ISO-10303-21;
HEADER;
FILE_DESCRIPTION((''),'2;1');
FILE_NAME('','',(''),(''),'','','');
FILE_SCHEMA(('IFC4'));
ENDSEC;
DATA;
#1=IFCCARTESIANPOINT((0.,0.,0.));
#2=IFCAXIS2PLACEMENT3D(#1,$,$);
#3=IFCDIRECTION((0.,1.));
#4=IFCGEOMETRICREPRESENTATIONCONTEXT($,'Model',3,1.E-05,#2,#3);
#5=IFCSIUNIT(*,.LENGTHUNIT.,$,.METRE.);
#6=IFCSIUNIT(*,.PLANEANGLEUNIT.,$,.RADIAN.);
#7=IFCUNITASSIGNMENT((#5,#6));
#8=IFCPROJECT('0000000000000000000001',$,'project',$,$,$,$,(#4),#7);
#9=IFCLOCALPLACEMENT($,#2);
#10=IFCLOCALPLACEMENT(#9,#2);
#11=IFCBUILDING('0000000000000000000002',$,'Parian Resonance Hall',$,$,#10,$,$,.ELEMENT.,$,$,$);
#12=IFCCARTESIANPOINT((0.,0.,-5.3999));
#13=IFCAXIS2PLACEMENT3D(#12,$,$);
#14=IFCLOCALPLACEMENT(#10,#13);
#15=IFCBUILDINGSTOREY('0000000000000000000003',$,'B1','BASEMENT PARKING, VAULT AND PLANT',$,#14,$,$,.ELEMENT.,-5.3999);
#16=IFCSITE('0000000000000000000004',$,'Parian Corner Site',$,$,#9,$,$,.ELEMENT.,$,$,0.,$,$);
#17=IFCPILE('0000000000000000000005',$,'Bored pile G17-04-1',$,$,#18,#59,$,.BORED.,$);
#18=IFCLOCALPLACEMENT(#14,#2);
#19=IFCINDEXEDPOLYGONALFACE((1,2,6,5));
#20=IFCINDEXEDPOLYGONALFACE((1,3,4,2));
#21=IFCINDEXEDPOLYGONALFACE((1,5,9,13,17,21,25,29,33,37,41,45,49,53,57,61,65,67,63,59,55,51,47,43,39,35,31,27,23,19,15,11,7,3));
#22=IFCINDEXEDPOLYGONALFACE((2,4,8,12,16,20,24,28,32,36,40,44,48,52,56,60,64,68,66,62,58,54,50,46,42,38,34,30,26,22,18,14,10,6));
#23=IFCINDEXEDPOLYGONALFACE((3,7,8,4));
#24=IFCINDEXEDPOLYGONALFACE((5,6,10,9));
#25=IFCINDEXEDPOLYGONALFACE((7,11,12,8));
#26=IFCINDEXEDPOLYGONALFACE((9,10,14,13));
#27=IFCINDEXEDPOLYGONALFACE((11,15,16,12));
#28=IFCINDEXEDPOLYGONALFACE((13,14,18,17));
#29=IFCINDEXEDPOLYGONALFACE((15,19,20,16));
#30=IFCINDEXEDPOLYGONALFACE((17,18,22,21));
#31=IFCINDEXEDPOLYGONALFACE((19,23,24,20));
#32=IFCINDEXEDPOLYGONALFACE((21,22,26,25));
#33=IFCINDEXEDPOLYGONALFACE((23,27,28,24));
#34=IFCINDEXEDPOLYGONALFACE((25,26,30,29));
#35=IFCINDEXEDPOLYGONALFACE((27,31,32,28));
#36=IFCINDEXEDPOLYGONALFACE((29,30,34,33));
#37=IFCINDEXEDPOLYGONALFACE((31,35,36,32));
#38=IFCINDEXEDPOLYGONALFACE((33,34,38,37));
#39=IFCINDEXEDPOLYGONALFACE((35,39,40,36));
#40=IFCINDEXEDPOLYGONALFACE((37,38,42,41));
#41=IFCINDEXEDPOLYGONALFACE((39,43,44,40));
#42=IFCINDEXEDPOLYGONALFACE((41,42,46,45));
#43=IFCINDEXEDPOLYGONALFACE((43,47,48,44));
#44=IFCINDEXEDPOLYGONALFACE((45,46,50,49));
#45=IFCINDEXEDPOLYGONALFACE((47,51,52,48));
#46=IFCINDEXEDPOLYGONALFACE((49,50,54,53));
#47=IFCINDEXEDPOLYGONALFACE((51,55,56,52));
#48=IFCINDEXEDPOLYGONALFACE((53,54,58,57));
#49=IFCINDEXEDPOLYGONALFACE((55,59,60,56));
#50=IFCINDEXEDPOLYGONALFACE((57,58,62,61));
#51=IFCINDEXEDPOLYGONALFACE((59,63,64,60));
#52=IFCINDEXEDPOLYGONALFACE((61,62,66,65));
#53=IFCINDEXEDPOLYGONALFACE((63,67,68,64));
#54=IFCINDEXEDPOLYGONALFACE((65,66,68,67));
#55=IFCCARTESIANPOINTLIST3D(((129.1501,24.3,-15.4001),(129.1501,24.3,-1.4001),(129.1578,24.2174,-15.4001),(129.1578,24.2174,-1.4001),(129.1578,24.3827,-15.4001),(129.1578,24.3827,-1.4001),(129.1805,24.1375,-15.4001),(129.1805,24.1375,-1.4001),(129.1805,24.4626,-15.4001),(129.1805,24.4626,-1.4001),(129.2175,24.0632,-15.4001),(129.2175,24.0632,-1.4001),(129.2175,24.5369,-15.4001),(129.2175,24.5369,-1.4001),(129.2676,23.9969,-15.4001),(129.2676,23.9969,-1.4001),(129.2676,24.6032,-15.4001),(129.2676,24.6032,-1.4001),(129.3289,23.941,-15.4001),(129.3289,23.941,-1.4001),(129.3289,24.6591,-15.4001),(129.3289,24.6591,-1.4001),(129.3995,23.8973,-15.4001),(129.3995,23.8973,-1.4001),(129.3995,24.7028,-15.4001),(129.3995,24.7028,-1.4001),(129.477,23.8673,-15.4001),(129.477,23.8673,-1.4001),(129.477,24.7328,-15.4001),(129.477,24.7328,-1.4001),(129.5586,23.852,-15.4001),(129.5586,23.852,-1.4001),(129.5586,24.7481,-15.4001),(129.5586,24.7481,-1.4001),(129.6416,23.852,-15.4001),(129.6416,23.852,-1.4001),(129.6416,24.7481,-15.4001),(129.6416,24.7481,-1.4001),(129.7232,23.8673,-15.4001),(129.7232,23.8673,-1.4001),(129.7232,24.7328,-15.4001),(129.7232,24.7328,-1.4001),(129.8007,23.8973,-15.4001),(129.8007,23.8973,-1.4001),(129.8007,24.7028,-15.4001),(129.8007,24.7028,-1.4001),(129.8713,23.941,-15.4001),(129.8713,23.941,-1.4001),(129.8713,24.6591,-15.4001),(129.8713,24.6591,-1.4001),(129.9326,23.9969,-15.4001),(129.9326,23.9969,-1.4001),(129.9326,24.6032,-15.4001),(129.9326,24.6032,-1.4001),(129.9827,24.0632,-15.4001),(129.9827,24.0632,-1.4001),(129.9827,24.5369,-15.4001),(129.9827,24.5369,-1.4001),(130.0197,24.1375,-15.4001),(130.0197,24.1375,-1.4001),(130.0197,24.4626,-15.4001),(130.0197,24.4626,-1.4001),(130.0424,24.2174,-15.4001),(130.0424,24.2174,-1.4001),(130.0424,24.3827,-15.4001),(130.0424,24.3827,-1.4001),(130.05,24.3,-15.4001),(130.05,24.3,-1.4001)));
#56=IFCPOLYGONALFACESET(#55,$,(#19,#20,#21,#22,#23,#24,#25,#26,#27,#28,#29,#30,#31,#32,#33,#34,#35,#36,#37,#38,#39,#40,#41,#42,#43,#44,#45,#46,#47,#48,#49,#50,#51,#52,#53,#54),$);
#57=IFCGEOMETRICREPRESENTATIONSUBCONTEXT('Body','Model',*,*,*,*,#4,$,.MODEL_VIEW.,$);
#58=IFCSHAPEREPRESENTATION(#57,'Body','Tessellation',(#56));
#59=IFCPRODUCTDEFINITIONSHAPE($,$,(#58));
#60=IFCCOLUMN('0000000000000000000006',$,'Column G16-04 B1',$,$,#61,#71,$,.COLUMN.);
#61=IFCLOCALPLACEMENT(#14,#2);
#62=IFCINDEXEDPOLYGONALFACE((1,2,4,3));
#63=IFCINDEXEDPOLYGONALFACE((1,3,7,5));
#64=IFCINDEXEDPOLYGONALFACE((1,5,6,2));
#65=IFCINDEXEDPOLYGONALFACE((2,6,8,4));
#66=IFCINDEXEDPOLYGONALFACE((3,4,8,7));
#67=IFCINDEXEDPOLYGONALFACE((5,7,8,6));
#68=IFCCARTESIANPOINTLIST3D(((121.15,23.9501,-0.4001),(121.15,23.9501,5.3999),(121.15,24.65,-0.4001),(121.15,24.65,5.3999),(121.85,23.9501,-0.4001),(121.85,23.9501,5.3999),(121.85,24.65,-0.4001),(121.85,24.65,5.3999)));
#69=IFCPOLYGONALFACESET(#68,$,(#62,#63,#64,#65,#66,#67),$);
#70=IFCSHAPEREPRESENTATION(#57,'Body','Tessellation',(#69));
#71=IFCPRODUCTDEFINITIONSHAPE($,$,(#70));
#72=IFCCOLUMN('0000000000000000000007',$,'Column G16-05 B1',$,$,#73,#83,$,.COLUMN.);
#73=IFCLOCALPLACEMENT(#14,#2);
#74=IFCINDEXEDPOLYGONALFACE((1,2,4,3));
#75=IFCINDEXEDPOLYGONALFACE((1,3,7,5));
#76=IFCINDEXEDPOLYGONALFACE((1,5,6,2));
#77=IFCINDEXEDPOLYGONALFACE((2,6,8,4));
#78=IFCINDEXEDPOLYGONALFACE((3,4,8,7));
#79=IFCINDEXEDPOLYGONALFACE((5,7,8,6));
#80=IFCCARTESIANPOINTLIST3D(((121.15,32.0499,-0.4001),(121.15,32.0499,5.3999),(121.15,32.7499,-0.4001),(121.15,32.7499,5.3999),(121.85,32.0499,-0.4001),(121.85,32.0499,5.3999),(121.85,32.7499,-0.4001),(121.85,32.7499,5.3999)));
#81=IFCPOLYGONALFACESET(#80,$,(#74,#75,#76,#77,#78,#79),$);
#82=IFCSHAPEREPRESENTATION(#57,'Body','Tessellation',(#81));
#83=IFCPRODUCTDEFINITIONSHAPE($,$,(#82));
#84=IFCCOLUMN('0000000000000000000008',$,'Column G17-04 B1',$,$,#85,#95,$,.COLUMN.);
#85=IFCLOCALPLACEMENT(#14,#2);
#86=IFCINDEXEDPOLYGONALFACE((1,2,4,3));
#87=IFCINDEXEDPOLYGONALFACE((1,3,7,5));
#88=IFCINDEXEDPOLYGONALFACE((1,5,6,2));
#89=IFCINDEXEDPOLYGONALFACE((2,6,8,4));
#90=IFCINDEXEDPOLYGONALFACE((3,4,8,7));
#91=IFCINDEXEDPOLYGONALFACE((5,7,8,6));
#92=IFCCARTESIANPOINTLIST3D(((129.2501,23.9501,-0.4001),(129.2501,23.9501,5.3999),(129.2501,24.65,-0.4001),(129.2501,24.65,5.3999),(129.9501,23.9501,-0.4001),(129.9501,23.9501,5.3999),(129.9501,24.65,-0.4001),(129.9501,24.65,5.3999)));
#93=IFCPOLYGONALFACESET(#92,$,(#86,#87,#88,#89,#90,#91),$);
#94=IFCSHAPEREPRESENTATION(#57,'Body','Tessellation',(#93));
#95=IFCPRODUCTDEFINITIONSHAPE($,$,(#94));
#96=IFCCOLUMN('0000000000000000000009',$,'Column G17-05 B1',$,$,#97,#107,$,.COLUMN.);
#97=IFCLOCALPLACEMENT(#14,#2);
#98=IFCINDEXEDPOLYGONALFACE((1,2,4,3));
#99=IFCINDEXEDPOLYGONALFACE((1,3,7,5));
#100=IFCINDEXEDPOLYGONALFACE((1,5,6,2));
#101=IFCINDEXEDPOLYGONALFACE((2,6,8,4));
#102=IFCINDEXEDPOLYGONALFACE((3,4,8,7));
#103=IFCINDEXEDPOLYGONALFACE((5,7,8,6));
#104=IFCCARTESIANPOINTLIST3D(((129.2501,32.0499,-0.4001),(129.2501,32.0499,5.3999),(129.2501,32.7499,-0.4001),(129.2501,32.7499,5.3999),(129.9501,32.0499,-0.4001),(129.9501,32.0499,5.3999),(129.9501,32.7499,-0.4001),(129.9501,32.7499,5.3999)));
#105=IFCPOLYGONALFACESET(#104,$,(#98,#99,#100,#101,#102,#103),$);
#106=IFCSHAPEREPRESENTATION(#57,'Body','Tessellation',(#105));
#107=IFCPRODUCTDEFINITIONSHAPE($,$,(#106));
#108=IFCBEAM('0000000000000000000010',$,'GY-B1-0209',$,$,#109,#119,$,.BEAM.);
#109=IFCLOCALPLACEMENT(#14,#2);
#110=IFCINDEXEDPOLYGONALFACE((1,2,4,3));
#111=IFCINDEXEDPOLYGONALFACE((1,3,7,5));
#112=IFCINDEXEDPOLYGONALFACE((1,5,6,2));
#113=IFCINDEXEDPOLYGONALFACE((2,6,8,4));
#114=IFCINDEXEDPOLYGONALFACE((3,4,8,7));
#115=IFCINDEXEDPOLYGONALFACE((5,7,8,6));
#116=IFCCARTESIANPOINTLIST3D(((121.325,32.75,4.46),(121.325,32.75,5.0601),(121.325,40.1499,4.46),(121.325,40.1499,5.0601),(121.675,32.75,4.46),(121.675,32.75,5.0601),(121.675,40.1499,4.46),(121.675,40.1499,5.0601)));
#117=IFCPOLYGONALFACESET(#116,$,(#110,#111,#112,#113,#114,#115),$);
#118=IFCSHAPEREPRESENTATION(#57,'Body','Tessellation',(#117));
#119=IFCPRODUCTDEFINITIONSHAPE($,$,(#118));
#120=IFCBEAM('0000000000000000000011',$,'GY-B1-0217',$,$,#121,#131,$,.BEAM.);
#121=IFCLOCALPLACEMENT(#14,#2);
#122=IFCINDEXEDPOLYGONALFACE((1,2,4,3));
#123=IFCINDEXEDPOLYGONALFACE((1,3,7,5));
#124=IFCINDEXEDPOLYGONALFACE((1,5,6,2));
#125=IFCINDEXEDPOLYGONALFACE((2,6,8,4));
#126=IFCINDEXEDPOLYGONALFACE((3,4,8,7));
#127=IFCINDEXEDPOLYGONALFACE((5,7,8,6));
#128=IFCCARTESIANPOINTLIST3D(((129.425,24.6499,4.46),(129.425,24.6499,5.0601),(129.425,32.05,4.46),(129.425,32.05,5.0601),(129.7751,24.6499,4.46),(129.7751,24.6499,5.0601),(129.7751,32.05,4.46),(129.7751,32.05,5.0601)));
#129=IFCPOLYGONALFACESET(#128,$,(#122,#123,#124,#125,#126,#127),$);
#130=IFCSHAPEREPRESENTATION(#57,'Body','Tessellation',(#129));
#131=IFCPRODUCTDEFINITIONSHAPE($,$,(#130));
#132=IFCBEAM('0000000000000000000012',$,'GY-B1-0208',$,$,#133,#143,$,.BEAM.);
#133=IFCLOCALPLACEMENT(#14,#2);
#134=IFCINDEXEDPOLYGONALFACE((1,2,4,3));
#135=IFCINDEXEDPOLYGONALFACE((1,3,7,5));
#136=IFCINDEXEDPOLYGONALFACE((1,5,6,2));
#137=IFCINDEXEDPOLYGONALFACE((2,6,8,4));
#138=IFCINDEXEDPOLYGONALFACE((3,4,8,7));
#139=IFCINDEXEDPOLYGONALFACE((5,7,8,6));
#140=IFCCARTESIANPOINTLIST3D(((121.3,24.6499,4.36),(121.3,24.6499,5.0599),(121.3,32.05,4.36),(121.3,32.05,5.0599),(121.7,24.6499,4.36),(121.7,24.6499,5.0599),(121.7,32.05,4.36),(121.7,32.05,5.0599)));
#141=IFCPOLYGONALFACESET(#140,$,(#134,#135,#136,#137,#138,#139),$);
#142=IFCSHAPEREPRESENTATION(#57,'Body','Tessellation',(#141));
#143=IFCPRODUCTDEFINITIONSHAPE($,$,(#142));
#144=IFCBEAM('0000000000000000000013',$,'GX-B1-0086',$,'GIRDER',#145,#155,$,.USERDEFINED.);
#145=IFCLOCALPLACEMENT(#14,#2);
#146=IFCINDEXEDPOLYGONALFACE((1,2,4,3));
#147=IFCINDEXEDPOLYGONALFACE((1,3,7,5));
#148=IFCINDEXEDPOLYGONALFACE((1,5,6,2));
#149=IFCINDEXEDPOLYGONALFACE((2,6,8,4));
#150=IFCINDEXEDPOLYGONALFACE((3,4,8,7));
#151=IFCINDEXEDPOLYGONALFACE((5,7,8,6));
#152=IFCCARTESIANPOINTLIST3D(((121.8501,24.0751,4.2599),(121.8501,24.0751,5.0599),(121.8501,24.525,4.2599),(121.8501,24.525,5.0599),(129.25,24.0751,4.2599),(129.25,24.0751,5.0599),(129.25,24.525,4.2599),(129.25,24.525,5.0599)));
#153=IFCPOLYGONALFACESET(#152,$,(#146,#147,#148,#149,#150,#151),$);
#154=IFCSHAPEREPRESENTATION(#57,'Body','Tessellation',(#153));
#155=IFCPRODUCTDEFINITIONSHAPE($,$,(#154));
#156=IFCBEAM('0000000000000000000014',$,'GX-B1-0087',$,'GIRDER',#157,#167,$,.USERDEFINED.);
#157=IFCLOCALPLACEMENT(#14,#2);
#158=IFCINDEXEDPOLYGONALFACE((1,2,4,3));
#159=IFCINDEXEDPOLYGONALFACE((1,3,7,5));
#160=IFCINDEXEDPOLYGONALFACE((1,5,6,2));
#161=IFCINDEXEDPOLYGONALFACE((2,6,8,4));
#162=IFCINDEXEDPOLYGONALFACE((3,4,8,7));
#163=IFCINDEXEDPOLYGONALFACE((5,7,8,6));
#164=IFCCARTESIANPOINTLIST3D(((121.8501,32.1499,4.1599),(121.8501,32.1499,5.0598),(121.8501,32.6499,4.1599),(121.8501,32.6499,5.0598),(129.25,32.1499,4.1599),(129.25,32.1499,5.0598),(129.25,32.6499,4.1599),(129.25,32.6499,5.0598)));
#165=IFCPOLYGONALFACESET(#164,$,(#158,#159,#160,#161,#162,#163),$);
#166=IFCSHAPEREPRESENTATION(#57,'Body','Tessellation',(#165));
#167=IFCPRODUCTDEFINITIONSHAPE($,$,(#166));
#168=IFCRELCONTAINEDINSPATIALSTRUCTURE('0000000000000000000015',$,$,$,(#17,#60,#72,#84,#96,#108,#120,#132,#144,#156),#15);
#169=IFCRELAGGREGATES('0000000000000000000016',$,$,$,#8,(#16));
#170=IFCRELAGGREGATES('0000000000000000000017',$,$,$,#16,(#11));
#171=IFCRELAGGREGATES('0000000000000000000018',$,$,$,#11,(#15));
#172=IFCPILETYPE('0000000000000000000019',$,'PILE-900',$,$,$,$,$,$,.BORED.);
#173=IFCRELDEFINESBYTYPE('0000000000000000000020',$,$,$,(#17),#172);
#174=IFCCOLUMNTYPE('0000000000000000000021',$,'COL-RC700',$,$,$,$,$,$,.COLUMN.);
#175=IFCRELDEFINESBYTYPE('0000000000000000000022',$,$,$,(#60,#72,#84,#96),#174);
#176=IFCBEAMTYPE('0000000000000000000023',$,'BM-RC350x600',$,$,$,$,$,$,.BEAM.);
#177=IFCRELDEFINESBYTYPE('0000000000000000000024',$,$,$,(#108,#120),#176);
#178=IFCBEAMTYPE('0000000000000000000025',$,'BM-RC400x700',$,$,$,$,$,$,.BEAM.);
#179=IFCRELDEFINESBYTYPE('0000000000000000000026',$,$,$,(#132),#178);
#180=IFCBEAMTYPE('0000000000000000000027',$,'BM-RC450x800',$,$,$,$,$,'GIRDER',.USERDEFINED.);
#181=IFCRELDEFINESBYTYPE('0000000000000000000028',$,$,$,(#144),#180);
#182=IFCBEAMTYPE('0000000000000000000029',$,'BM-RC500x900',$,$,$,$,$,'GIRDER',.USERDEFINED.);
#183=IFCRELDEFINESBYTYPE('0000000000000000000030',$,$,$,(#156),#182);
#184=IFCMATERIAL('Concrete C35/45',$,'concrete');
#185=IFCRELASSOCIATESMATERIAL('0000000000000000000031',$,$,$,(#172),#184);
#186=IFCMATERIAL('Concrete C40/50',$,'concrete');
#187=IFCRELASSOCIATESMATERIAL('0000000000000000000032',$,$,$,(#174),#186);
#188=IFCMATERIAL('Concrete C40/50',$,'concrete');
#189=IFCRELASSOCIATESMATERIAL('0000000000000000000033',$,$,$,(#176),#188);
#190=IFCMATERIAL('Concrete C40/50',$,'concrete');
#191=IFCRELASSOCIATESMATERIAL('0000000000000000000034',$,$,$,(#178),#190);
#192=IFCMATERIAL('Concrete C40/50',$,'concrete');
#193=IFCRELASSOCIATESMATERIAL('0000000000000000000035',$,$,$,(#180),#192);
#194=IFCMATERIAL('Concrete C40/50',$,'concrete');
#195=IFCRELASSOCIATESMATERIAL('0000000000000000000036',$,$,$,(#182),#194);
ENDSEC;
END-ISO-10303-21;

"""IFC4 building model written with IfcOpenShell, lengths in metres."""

from ifc_helpers import new_model, si_unit, direction, frame, origin, origin_2d, place, context, subcontext, project, spatial, rectangle, circle, extrude, material, material_profile, profile_set, type_object, element, save


model = new_model("IFC4")

# Units and contexts
model_context = context("Model", 3, precision=1e-05, world=origin(), true_north=direction((0.0, 1.0)))
body_context = subcontext(model_context, "Body", "Model", "MODEL_VIEW")
ifc_project = project(units=[si_unit("LENGTHUNIT", "METRE"), si_unit("PLANEANGLEUNIT", "RADIAN")], contexts=[model_context])

# Site, building, storey
site_placement = place(None, origin())
site = spatial("IfcSite", under=ifc_project, at=site_placement, Name="Parian Corner Site", CompositionType="ELEMENT", RefElevation=0.0)
building_placement = place(site_placement, origin())
building = spatial("IfcBuilding", under=site, at=building_placement, Name="Parian Resonance Hall", CompositionType="ELEMENT")
storey_placement = place(building_placement, frame((0.0, 0.0, -5.3999)))
storey = spatial("IfcBuildingStorey", under=building, at=storey_placement, Name="B1", Description="BASEMENT PARKING, VAULT AND PLANT", CompositionType="ELEMENT", Elevation=-5.3999)

# Pile
ifc_material_1 = material(Name="Concrete C35/45", Category="concrete")
ifc_material_profile_1 = material_profile(ifc_material_1, circle(Radius=0.45, at=origin_2d()), Name="PILE-D900")
ifc_profile_set_1 = profile_set([ifc_material_profile_1], Name="Concrete C35/45")
pile_type_1 = type_object("IfcPileType", Name="PILE-900", PredefinedType="BORED", material=ifc_profile_set_1)
for number, where, z_axis, x_axis, name in (
    (1, (129.6001, 24.3, -1.4001), (0.0, 0.0, -1.0), (1.0, 0.0, 0.0), "Bored pile G17-04-1"),
):
    element("IfcPile", number, at=place(storey_placement, frame(where, z_axis=z_axis, x_axis=x_axis)), inside=storey, type_object=pile_type_1, Name=name, PredefinedType="BORED", context=body_context, shape_type="SweptSolid", body=[
        extrude(circle(Radius=0.45, at=origin_2d()), origin(), (0.0, 0.0, 1.0), 14.0),
    ])

# Columns
ifc_material_2 = material(Name="Concrete C40/50", Category="concrete")
ifc_material_profile_2 = material_profile(ifc_material_2, rectangle(XDim=0.7, YDim=0.7, at=origin_2d()), Name="RC-COL-700x700")
ifc_profile_set_2 = profile_set([ifc_material_profile_2], Name="Concrete C40/50")
column_type = type_object("IfcColumnType", Name="COL-RC700", PredefinedType="COLUMN", material=ifc_profile_set_2)
for number, where, z_axis, x_axis, name in (
    (2, (121.5, 24.3, -0.4001), (0.0, 0.0, 1.0), (1.0, 0.0, 0.0), "Column G16-04 B1"),
    (3, (121.5, 32.3999, -0.4001), (0.0, 0.0, 1.0), (1.0, 0.0, 0.0), "Column G16-05 B1"),
    (4, (129.6001, 24.3, -0.4001), (0.0, 0.0, 1.0), (1.0, 0.0, 0.0), "Column G17-04 B1"),
    (5, (129.6001, 32.3999, -0.4001), (0.0, 0.0, 1.0), (1.0, 0.0, 0.0), "Column G17-05 B1"),
):
    element("IfcColumn", number, at=place(storey_placement, frame(where, z_axis=z_axis, x_axis=x_axis)), inside=storey, type_object=column_type, Name=name, PredefinedType="COLUMN", context=body_context, shape_type="SweptSolid", body=[
        extrude(rectangle(XDim=0.7, YDim=0.7, at=origin_2d()), origin(), (0.0, 0.0, 1.0), 5.8),
    ])

# Beams
ifc_material_3 = material(Name="Concrete C40/50", Category="concrete")
ifc_material_profile_3 = material_profile(ifc_material_3, rectangle(XDim=0.3501, YDim=0.6001, at=origin_2d()), Name="RC-BM-350x600")
ifc_profile_set_3 = profile_set([ifc_material_profile_3], Name="Concrete C40/50")
beam_type_1 = type_object("IfcBeamType", Name="BM-RC350x600", PredefinedType="BEAM", material=ifc_profile_set_3)
beam_1_placement = place(storey_placement, frame((121.5, 32.75, 4.76), z_axis=(0.0, 1.0, 0.0), x_axis=(-1.0, 0.0, 0.0)))
element("IfcBeam", 6, at=beam_1_placement, inside=storey, type_object=beam_type_1, Name="GY-B1-0209", PredefinedType="BEAM", context=body_context, shape_type="SweptSolid", body=[
    extrude(rectangle(XDim=0.3501, YDim=0.6001, at=origin_2d()), origin(), (0.0, 0.0, 1.0), 7.3999),
])
beam_2_placement = place(storey_placement, frame((129.6001, 24.6499, 4.76), z_axis=(0.0, 1.0, 0.0), x_axis=(-1.0, 0.0, 0.0)))
element("IfcBeam", 7, at=beam_2_placement, inside=storey, type_object=beam_type_1, Name="GY-B1-0217", PredefinedType="BEAM", context=body_context, shape_type="SweptSolid", body=[
    extrude(rectangle(XDim=0.3501, YDim=0.6001, at=origin_2d()), origin(), (0.0, 0.0, 1.0), 7.4001),
])
ifc_material_4 = material(Name="Concrete C40/50", Category="concrete")
ifc_material_profile_4 = material_profile(ifc_material_4, rectangle(XDim=0.3999, YDim=0.7, at=origin_2d()), Name="RC-BM-400x700")
ifc_profile_set_4 = profile_set([ifc_material_profile_4], Name="Concrete C40/50")
beam_type_2 = type_object("IfcBeamType", Name="BM-RC400x700", PredefinedType="BEAM", material=ifc_profile_set_4)
beam_3_placement = place(storey_placement, frame((121.5, 24.6499, 4.71), z_axis=(0.0, 1.0, 0.0), x_axis=(-1.0, 0.0, 0.0)))
element("IfcBeam", 8, at=beam_3_placement, inside=storey, type_object=beam_type_2, Name="GY-B1-0208", PredefinedType="BEAM", context=body_context, shape_type="SweptSolid", body=[
    extrude(rectangle(XDim=0.3999, YDim=0.7, at=origin_2d()), origin(), (0.0, 0.0, 1.0), 7.4001),
])
ifc_material_5 = material(Name="Concrete C40/50", Category="concrete")
ifc_material_profile_5 = material_profile(ifc_material_5, rectangle(XDim=0.45, YDim=0.8, at=origin_2d()), Name="RC-BM-450x800")
ifc_profile_set_5 = profile_set([ifc_material_profile_5], Name="Concrete C40/50")
beam_type_3 = type_object("IfcBeamType", Name="BM-RC450x800", ElementType="GIRDER", PredefinedType="USERDEFINED", material=ifc_profile_set_5)
beam_4_placement = place(storey_placement, frame((121.8501, 24.3, 4.6599), z_axis=(1.0, 0.0, 0.0), x_axis=(0.0, 1.0, 0.0)))
element("IfcBeam", 9, at=beam_4_placement, inside=storey, type_object=beam_type_3, Name="GX-B1-0086", ObjectType="GIRDER", PredefinedType="USERDEFINED", context=body_context, shape_type="SweptSolid", body=[
    extrude(rectangle(XDim=0.45, YDim=0.8, at=origin_2d()), origin(), (0.0, 0.0, 1.0), 7.3999),
])
ifc_material_6 = material(Name="Concrete C40/50", Category="concrete")
ifc_material_profile_6 = material_profile(ifc_material_6, rectangle(XDim=0.5, YDim=0.8999, at=origin_2d()), Name="RC-BM-500x900")
ifc_profile_set_6 = profile_set([ifc_material_profile_6], Name="Concrete C40/50")
beam_type_4 = type_object("IfcBeamType", Name="BM-RC500x900", ElementType="GIRDER", PredefinedType="USERDEFINED", material=ifc_profile_set_6)
beam_5_placement = place(storey_placement, frame((121.8501, 32.3999, 4.6099), z_axis=(1.0, 0.0, 0.0), x_axis=(0.0, 1.0, 0.0)))
element("IfcBeam", 10, at=beam_5_placement, inside=storey, type_object=beam_type_4, Name="GX-B1-0087", ObjectType="GIRDER", PredefinedType="USERDEFINED", context=body_context, shape_type="SweptSolid", body=[
    extrude(rectangle(XDim=0.5, YDim=0.8999, at=origin_2d()), origin(), (0.0, 0.0, 1.0), 7.3999),
])

save(model, "model.ifc")
